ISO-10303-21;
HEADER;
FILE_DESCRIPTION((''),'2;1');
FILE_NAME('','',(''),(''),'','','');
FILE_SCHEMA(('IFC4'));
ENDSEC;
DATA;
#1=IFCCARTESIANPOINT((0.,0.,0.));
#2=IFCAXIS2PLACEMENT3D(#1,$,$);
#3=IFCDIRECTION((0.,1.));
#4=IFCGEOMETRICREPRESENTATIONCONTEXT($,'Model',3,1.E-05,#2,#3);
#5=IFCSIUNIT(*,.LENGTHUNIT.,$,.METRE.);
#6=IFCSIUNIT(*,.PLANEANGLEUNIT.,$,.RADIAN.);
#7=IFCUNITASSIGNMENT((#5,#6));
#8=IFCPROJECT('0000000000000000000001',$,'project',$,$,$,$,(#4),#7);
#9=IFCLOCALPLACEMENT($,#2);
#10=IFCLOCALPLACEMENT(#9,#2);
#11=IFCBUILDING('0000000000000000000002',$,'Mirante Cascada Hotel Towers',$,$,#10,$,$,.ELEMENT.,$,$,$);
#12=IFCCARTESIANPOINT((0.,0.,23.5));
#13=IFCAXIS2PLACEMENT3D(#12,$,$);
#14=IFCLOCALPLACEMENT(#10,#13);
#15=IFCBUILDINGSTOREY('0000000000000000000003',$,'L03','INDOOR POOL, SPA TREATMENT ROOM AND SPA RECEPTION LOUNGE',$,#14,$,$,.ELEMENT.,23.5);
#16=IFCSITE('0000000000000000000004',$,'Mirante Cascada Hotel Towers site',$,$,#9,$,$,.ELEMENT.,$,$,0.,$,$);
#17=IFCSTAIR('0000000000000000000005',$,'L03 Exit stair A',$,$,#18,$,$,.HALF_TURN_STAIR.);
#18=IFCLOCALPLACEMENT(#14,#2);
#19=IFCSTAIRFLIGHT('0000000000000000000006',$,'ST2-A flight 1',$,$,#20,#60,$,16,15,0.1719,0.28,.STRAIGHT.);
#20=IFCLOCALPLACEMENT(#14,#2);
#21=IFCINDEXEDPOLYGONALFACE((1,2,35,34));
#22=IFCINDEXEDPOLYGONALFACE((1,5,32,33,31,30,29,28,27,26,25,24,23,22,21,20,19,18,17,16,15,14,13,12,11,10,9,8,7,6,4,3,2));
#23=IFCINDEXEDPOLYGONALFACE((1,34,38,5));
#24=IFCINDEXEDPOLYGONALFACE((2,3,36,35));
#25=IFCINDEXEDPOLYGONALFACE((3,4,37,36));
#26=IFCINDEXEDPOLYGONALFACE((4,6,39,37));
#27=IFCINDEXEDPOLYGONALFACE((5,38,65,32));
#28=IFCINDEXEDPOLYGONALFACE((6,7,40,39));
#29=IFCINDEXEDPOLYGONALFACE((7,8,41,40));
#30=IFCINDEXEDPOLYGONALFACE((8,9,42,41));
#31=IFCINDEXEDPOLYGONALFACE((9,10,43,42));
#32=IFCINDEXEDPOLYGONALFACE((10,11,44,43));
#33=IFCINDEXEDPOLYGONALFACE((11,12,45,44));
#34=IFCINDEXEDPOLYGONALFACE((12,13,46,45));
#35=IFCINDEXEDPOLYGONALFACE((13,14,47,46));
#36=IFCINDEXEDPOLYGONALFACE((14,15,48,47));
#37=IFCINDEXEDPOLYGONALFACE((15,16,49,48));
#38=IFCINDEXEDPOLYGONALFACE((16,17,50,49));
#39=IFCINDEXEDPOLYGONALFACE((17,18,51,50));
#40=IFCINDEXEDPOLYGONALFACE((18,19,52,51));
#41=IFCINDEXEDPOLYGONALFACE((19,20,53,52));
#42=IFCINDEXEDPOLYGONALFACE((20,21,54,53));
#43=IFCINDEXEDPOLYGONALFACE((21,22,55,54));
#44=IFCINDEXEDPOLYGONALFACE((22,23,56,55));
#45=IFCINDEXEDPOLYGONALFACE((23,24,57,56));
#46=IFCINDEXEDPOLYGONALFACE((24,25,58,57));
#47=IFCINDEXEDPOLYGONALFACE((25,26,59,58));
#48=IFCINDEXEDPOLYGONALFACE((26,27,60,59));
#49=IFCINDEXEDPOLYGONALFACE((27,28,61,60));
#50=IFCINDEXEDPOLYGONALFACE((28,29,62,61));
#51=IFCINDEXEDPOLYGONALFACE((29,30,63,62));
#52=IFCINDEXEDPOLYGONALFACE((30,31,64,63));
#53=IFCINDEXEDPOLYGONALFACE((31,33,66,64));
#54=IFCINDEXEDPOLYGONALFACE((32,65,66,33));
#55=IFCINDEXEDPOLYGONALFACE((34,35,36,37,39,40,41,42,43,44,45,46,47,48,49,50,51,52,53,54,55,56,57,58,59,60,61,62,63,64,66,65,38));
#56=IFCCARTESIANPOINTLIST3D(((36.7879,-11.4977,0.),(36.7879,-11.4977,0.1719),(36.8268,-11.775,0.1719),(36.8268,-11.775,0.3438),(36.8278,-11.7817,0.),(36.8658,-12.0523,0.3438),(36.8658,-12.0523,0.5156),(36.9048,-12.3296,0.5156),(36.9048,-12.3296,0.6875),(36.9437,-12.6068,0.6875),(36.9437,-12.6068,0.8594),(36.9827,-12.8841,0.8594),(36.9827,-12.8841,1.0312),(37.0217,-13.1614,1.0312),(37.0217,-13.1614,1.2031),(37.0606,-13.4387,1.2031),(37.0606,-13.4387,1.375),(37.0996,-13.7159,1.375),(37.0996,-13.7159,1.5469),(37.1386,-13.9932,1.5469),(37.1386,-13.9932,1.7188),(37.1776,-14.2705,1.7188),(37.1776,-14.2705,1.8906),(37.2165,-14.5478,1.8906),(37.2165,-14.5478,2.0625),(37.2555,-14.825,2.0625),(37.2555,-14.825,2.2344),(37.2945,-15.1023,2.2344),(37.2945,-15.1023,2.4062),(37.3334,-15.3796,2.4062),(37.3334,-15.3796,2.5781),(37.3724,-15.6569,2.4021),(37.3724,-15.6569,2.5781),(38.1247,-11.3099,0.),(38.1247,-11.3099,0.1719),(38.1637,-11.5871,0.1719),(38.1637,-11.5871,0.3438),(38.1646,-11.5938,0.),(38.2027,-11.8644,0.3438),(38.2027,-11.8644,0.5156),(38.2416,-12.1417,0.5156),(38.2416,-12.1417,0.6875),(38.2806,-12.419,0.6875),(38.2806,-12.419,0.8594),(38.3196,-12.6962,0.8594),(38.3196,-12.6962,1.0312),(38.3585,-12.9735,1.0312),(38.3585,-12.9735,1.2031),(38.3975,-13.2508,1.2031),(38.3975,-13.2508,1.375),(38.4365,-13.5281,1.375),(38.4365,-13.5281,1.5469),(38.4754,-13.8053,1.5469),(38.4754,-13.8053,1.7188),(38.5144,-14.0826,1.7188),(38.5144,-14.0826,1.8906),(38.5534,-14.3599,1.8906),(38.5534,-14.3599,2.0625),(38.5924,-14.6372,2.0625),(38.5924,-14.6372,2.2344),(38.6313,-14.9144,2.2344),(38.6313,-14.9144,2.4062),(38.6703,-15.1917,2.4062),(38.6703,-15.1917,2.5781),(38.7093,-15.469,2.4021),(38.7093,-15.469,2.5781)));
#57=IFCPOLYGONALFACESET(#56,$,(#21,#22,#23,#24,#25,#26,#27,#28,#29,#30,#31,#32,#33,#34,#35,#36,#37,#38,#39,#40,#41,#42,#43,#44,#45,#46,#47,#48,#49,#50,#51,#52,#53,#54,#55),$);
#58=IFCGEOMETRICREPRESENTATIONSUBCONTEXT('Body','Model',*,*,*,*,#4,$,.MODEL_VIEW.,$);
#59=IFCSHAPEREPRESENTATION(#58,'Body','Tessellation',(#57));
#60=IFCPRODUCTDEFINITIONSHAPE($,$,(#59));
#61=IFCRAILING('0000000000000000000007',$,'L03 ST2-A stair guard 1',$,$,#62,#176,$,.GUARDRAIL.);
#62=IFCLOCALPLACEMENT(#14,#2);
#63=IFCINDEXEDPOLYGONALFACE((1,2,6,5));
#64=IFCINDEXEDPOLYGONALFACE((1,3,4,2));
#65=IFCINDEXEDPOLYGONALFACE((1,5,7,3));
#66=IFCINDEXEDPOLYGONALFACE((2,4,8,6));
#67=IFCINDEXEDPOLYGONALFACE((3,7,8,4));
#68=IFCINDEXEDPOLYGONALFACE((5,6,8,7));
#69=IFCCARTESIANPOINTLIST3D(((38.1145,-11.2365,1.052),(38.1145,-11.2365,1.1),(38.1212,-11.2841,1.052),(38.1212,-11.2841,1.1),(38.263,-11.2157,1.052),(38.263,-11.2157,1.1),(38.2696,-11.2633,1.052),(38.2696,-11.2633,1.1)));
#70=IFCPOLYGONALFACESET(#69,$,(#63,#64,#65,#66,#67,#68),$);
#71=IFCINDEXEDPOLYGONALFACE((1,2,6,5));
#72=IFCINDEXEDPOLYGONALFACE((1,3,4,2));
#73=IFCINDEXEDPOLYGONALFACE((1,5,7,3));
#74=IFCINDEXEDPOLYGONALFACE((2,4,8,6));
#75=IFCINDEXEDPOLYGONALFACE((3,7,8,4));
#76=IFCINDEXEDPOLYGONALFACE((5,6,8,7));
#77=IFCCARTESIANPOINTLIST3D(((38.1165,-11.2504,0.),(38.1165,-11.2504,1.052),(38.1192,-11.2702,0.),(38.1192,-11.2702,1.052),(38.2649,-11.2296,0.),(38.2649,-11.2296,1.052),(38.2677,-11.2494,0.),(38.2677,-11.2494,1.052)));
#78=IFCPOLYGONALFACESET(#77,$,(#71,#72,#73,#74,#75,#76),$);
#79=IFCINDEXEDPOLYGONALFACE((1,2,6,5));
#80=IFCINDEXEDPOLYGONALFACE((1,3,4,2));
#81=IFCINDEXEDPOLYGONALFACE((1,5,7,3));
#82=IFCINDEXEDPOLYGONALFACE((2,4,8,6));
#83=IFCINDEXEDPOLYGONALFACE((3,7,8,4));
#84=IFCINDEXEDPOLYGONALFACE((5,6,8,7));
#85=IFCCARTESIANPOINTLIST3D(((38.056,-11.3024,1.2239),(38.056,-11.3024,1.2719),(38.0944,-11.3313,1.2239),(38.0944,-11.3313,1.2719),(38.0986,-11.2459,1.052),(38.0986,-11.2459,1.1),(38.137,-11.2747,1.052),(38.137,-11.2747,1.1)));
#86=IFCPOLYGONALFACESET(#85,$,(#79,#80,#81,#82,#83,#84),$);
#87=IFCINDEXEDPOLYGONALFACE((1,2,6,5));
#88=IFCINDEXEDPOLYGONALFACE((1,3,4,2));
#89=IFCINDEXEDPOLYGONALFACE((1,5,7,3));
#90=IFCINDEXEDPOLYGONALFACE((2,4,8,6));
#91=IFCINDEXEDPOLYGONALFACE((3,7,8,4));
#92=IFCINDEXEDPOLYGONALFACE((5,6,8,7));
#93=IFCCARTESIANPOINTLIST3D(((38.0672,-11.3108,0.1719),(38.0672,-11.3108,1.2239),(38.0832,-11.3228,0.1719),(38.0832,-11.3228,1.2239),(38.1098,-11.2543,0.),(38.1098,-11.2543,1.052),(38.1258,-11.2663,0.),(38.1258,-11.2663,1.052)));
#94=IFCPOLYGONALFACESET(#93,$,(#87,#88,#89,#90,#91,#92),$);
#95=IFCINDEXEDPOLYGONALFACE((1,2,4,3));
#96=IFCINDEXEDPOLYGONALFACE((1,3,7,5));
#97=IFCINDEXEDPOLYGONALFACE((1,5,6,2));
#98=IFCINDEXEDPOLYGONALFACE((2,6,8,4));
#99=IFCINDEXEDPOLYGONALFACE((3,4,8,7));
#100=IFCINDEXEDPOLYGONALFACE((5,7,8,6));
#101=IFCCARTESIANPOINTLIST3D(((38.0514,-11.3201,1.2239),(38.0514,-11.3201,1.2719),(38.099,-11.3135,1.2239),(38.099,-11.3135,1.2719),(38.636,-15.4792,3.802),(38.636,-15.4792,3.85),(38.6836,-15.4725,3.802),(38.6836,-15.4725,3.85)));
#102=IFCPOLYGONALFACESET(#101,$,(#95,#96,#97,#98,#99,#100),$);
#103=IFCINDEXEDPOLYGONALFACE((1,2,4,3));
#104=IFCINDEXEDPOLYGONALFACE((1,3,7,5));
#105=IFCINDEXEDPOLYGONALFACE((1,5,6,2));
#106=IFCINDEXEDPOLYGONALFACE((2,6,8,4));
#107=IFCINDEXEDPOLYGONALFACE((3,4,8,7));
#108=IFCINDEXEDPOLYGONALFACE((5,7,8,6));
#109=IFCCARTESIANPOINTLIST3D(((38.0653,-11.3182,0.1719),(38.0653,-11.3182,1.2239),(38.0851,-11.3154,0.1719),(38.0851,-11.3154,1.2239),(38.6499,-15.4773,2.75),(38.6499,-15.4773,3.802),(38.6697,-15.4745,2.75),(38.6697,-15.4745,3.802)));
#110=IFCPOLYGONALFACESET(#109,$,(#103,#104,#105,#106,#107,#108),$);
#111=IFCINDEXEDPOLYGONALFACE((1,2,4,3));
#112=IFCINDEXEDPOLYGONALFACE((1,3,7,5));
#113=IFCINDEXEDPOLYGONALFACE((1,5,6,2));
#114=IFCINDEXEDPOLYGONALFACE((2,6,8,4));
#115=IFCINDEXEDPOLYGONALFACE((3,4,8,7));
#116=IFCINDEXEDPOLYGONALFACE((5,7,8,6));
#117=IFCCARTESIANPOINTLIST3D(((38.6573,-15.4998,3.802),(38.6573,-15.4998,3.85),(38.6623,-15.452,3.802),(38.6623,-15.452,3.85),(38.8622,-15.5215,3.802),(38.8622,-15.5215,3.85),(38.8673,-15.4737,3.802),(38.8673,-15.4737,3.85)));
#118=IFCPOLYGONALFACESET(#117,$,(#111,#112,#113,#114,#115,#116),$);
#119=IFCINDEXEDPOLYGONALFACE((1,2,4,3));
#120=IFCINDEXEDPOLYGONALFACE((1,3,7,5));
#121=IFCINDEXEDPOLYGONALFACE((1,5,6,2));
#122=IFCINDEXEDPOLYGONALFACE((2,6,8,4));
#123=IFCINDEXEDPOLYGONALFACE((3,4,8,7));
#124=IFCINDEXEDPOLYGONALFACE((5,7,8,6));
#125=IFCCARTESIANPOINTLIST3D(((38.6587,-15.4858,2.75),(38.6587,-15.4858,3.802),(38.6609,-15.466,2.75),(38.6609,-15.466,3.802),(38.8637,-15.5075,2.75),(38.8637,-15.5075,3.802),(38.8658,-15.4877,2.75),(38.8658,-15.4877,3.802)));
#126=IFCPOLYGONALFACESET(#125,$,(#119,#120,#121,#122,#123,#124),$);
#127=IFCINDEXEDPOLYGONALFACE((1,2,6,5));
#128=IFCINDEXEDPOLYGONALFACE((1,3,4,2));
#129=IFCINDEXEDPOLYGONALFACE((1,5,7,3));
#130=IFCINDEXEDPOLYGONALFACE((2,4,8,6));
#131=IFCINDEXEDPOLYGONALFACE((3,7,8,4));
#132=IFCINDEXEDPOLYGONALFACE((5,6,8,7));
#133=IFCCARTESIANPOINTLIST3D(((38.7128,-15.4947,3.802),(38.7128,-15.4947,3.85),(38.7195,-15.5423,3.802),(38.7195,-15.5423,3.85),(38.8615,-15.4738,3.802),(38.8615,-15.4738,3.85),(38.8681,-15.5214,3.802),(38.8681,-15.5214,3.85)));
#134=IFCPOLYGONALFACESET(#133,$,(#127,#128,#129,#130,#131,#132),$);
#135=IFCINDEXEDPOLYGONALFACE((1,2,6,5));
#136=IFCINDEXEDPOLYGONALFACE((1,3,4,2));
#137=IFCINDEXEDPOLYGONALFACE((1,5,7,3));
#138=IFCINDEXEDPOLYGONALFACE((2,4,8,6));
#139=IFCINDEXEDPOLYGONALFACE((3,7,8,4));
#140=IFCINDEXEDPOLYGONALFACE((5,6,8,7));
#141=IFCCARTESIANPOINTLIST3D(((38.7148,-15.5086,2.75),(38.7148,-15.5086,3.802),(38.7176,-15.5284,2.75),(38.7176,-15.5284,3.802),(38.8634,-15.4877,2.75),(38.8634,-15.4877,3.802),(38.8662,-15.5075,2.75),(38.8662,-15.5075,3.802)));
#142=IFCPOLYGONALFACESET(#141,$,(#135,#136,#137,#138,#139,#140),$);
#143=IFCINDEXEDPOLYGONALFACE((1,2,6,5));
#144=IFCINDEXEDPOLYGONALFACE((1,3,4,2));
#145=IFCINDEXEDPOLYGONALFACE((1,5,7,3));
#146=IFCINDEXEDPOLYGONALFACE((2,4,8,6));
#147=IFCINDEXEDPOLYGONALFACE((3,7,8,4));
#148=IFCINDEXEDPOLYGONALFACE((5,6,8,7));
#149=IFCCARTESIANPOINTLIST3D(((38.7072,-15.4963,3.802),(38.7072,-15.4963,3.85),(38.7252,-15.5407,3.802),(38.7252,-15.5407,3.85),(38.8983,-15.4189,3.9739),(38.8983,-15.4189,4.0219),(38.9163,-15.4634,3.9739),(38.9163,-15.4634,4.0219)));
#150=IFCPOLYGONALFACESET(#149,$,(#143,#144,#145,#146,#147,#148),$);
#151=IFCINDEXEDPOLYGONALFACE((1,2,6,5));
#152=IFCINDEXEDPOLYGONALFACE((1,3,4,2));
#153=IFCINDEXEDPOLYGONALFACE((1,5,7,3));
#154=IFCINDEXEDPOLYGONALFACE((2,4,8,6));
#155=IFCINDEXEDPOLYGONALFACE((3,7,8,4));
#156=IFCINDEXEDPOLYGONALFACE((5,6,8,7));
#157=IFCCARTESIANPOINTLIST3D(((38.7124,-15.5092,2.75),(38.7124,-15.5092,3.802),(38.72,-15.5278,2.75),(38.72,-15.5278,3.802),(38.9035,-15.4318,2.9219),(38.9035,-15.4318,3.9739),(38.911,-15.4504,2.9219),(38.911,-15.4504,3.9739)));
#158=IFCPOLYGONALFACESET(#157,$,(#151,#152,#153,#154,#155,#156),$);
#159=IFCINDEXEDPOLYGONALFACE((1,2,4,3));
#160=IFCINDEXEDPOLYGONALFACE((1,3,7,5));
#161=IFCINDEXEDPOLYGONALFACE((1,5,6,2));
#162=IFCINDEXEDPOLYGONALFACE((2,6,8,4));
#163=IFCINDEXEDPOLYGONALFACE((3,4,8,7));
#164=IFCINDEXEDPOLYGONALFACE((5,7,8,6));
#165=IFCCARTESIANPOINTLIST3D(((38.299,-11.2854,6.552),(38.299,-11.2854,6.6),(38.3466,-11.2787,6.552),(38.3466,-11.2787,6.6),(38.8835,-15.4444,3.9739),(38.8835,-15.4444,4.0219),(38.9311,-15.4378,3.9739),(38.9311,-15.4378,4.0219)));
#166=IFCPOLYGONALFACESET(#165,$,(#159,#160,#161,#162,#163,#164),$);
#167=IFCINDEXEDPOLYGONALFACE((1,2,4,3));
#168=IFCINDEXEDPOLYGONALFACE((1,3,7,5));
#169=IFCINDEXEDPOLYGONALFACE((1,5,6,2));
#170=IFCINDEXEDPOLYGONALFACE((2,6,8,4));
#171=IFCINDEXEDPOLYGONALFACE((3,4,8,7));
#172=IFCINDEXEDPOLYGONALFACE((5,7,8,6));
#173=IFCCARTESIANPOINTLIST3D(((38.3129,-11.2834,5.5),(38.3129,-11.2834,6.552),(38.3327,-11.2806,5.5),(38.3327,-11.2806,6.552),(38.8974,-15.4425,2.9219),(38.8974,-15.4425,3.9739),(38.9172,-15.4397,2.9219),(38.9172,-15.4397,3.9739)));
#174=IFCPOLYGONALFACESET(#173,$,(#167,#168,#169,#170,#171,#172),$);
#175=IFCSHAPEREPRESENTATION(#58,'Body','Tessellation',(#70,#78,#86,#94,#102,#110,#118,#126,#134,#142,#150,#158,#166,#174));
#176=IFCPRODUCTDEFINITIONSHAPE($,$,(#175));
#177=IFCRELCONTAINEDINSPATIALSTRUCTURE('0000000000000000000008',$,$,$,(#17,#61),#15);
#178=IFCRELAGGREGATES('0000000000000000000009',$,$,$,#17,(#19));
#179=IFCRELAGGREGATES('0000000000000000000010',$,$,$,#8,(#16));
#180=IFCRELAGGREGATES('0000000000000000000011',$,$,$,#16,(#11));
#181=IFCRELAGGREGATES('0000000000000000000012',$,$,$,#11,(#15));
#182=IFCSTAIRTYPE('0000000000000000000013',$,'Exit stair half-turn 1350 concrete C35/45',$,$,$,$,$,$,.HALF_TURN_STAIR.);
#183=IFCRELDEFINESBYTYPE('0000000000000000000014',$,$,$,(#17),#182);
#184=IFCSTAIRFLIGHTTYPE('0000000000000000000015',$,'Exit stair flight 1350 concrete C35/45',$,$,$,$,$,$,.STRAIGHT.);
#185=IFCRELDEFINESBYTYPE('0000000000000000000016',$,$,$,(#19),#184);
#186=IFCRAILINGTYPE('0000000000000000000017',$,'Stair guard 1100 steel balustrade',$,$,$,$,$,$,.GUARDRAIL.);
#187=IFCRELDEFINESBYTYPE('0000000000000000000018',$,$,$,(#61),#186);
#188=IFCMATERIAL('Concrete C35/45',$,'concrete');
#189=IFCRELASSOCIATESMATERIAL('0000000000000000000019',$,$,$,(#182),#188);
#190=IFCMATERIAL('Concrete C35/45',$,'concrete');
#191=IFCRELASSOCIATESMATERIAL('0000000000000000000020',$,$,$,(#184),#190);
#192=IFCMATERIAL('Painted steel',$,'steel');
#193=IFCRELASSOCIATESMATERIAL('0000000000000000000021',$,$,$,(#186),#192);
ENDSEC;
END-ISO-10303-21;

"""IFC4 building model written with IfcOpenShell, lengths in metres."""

from ifc_helpers import new_model, si_unit, direction, frame, origin, origin_2d, place, context, subcontext, project, spatial, polyline, rectangle, outline, extrude, material, type_object, element, aggregate, save


model = new_model("IFC4")

# Units and contexts
model_context = context("Model", 3, precision=1e-05, world=origin(), true_north=direction((0.0, 1.0)))
body_context = subcontext(model_context, "Body", "Model", "MODEL_VIEW")
ifc_project = project(units=[si_unit("LENGTHUNIT", "METRE"), si_unit("PLANEANGLEUNIT", "RADIAN")], contexts=[model_context])

# Site, building, storey
site_placement = place(None, origin())
site = spatial("IfcSite", under=ifc_project, at=site_placement, Name="Mirante Cascada Hotel Towers site", CompositionType="ELEMENT", RefElevation=0.0)
building_placement = place(site_placement, origin())
building = spatial("IfcBuilding", under=site, at=building_placement, Name="Mirante Cascada Hotel Towers", CompositionType="ELEMENT")
storey_placement = place(building_placement, frame((0.0, 0.0, 23.5)))
storey = spatial("IfcBuildingStorey", under=building, at=storey_placement, Name="L03", Description="INDOOR POOL, SPA TREATMENT ROOM AND SPA RECEPTION LOUNGE", CompositionType="ELEMENT", Elevation=23.5)

# Stair, stair flight
ifc_material_1 = material(Name="Concrete C35/45", Category="concrete")
stair_type = type_object("IfcStairType", Name="Exit stair half-turn 1350 concrete C35/45", PredefinedType="HALF_TURN_STAIR", material=ifc_material_1)
stair_placement = place(storey_placement, origin())
stair = element("IfcStair", 1, at=stair_placement, inside=storey, type_object=stair_type, Name="L03 Exit stair A", PredefinedType="HALF_TURN_STAIR")
ifc_material_2 = material(Name="Concrete C35/45", Category="concrete")
stair_flight_type = type_object("IfcStairFlightType", Name="Exit stair flight 1350 concrete C35/45", PredefinedType="STRAIGHT", material=ifc_material_2)
stair_flight_placement = place(storey_placement, frame((37.4563, -11.4038, 0.0), z_axis=(0.0, 0.0, 1.0), x_axis=(0.139173, -0.990268, 0.0)))
stair_flight = element("IfcStairFlight", 2, at=stair_flight_placement, type_object=stair_flight_type, Name="ST2-A flight 1", NumberOfRisers=16, NumberOfTreads=15, PredefinedType="STRAIGHT", RiserHeight=0.1719, TreadLength=0.28, context=body_context, shape_type="SweptSolid", body=[
    extrude(outline(polyline([(0.0, 0.0), (0.0, 0.1719), (0.28, 0.1719), (0.28, 0.3438), (0.56, 0.3438), (0.56, 0.5156), (0.84, 0.5156), (0.84, 0.6875), (1.12, 0.6875), (1.12, 0.8594), (1.4, 0.8594), (1.4, 1.0312), (1.68, 1.0312), (1.68, 1.2031), (1.96, 1.2031), (1.96, 1.375), (2.24, 1.375), (2.24, 1.5469), (2.52, 1.5469), (2.52, 1.7188), (2.8, 1.7188), (2.8, 1.8906), (3.08, 1.8906), (3.08, 2.0625), (3.36, 2.0625), (3.36, 2.2344), (3.64, 2.2344), (3.64, 2.4062), (3.92, 2.4062), (3.92, 2.5781), (4.2, 2.5781), (4.2, 2.75), (4.2, 2.4021), (0.2867, 0.0), (0.0, 0.0)])), frame((0.0, 0.675, 0.0), z_axis=(0.0, -1.0, 0.0), x_axis=(1.0, 0.0, 0.0)), (0.0, 0.0, 1.0), 1.35),
])
aggregate(stair, [stair_flight])

# Railing
ifc_material_3 = material(Name="Painted steel", Category="steel")
railing_type_1 = type_object("IfcRailingType", Name="Stair guard 1100 steel balustrade", PredefinedType="GUARDRAIL", material=ifc_material_3)
railing_1_placement = place(storey_placement, frame((38.2663, -11.2395, 0.0)))
element("IfcRailing", 3, at=railing_1_placement, inside=storey, type_object=railing_type_1, Name="L03 ST2-A stair guard 1", PredefinedType="GUARDRAIL", context=body_context, shape_type="SweptSolid", body=[
    extrude(rectangle(XDim=0.048, YDim=0.048, at=origin_2d()), frame((0.0, 0.0, 1.076), z_axis=(-0.990333, -0.138713, 0.0), x_axis=(0.138713, -0.990333, 0.0)), (0.0, 0.0, 1.0), 0.1499),
    extrude(rectangle(XDim=0.02, YDim=1.052, at=origin_2d()), frame((0.0, 0.0, 0.526), z_axis=(-0.990333, -0.138713, 0.0), x_axis=(0.138713, -0.990333, 0.0)), (0.0, 0.0, 1.0), 0.1499),
    extrude(rectangle(XDim=0.048, YDim=0.048, at=origin_2d()), frame((-0.1485, -0.0208, 1.076), z_axis=(-0.602033, -0.798471, 0.0), x_axis=(0.798471, -0.602033, 0.0)), (0.0, 0.92472, 0.380648), 0.1859),
    extrude(rectangle(XDim=0.02, YDim=1.052, at=origin_2d()), frame((-0.1485, -0.0208, 0.526), z_axis=(-0.602033, -0.798471, 0.0), x_axis=(0.798471, -0.602033, 0.0)), (0.0, 0.92472, 0.380648), 0.1859),
    extrude(rectangle(XDim=0.048, YDim=0.048, at=origin_2d()), frame((-0.1911, -0.0773, 1.2479), z_axis=(0.139191, -0.990266, 0.0), x_axis=(0.990266, 0.139191, 0.0)), (0.0, 0.52314, 0.852247), 4.9281),
    extrude(rectangle(XDim=0.02, YDim=1.052, at=origin_2d()), frame((-0.1911, -0.0773, 0.6979), z_axis=(0.139191, -0.990266, 0.0), x_axis=(0.990266, 0.139191, 0.0)), (0.0, 0.52314, 0.852247), 4.9281),
    extrude(rectangle(XDim=0.048, YDim=0.048, at=origin_2d()), frame((0.3935, -4.2364, 3.826), z_axis=(0.994444, -0.105266, 0.0), x_axis=(0.105266, 0.994444, 0.0)), (0.0, 0.0, 1.0), 0.2061),
    extrude(rectangle(XDim=0.02, YDim=1.052, at=origin_2d()), frame((0.3935, -4.2364, 3.276), z_axis=(0.994444, -0.105266, 0.0), x_axis=(0.105266, 0.994444, 0.0)), (0.0, 0.0, 1.0), 0.2061),
    extrude(rectangle(XDim=0.048, YDim=0.048, at=origin_2d()), frame((0.5985, -4.2581, 3.826), z_axis=(-0.990254, -0.139275, 0.0), x_axis=(0.139275, -0.990254, 0.0)), (0.0, 0.0, 1.0), 0.1501),
    extrude(rectangle(XDim=0.02, YDim=1.052, at=origin_2d()), frame((0.5985, -4.2581, 3.276), z_axis=(-0.990254, -0.139275, 0.0), x_axis=(0.139275, -0.990254, 0.0)), (0.0, 0.0, 1.0), 0.1501),
    extrude(rectangle(XDim=0.048, YDim=0.048, at=origin_2d()), frame((0.4499, -4.279, 3.826), z_axis=(0.926862, 0.375401, 0.0), x_axis=(-0.375401, 0.926862, 0.0)), (0.0, 0.640369, 0.768068), 0.2684),
    extrude(rectangle(XDim=0.02, YDim=1.052, at=origin_2d()), frame((0.4499, -4.279, 3.276), z_axis=(0.926862, 0.375401, 0.0), x_axis=(-0.375401, 0.926862, 0.0)), (0.0, 0.640369, 0.768068), 0.2684),
    extrude(rectangle(XDim=0.048, YDim=0.048, at=origin_2d()), frame((0.641, -4.2016, 3.9979), z_axis=(-0.139168, 0.990269, 0.0), x_axis=(-0.990269, -0.139168, 0.0)), (0.0, 0.523141, 0.852246), 4.9281),
    extrude(rectangle(XDim=0.02, YDim=1.052, at=origin_2d()), frame((0.641, -4.2016, 3.4479), z_axis=(-0.139168, 0.990269, 0.0), x_axis=(-0.990269, -0.139168, 0.0)), (0.0, 0.523141, 0.852246), 4.9281),
])

save(model, "model.ifc")
